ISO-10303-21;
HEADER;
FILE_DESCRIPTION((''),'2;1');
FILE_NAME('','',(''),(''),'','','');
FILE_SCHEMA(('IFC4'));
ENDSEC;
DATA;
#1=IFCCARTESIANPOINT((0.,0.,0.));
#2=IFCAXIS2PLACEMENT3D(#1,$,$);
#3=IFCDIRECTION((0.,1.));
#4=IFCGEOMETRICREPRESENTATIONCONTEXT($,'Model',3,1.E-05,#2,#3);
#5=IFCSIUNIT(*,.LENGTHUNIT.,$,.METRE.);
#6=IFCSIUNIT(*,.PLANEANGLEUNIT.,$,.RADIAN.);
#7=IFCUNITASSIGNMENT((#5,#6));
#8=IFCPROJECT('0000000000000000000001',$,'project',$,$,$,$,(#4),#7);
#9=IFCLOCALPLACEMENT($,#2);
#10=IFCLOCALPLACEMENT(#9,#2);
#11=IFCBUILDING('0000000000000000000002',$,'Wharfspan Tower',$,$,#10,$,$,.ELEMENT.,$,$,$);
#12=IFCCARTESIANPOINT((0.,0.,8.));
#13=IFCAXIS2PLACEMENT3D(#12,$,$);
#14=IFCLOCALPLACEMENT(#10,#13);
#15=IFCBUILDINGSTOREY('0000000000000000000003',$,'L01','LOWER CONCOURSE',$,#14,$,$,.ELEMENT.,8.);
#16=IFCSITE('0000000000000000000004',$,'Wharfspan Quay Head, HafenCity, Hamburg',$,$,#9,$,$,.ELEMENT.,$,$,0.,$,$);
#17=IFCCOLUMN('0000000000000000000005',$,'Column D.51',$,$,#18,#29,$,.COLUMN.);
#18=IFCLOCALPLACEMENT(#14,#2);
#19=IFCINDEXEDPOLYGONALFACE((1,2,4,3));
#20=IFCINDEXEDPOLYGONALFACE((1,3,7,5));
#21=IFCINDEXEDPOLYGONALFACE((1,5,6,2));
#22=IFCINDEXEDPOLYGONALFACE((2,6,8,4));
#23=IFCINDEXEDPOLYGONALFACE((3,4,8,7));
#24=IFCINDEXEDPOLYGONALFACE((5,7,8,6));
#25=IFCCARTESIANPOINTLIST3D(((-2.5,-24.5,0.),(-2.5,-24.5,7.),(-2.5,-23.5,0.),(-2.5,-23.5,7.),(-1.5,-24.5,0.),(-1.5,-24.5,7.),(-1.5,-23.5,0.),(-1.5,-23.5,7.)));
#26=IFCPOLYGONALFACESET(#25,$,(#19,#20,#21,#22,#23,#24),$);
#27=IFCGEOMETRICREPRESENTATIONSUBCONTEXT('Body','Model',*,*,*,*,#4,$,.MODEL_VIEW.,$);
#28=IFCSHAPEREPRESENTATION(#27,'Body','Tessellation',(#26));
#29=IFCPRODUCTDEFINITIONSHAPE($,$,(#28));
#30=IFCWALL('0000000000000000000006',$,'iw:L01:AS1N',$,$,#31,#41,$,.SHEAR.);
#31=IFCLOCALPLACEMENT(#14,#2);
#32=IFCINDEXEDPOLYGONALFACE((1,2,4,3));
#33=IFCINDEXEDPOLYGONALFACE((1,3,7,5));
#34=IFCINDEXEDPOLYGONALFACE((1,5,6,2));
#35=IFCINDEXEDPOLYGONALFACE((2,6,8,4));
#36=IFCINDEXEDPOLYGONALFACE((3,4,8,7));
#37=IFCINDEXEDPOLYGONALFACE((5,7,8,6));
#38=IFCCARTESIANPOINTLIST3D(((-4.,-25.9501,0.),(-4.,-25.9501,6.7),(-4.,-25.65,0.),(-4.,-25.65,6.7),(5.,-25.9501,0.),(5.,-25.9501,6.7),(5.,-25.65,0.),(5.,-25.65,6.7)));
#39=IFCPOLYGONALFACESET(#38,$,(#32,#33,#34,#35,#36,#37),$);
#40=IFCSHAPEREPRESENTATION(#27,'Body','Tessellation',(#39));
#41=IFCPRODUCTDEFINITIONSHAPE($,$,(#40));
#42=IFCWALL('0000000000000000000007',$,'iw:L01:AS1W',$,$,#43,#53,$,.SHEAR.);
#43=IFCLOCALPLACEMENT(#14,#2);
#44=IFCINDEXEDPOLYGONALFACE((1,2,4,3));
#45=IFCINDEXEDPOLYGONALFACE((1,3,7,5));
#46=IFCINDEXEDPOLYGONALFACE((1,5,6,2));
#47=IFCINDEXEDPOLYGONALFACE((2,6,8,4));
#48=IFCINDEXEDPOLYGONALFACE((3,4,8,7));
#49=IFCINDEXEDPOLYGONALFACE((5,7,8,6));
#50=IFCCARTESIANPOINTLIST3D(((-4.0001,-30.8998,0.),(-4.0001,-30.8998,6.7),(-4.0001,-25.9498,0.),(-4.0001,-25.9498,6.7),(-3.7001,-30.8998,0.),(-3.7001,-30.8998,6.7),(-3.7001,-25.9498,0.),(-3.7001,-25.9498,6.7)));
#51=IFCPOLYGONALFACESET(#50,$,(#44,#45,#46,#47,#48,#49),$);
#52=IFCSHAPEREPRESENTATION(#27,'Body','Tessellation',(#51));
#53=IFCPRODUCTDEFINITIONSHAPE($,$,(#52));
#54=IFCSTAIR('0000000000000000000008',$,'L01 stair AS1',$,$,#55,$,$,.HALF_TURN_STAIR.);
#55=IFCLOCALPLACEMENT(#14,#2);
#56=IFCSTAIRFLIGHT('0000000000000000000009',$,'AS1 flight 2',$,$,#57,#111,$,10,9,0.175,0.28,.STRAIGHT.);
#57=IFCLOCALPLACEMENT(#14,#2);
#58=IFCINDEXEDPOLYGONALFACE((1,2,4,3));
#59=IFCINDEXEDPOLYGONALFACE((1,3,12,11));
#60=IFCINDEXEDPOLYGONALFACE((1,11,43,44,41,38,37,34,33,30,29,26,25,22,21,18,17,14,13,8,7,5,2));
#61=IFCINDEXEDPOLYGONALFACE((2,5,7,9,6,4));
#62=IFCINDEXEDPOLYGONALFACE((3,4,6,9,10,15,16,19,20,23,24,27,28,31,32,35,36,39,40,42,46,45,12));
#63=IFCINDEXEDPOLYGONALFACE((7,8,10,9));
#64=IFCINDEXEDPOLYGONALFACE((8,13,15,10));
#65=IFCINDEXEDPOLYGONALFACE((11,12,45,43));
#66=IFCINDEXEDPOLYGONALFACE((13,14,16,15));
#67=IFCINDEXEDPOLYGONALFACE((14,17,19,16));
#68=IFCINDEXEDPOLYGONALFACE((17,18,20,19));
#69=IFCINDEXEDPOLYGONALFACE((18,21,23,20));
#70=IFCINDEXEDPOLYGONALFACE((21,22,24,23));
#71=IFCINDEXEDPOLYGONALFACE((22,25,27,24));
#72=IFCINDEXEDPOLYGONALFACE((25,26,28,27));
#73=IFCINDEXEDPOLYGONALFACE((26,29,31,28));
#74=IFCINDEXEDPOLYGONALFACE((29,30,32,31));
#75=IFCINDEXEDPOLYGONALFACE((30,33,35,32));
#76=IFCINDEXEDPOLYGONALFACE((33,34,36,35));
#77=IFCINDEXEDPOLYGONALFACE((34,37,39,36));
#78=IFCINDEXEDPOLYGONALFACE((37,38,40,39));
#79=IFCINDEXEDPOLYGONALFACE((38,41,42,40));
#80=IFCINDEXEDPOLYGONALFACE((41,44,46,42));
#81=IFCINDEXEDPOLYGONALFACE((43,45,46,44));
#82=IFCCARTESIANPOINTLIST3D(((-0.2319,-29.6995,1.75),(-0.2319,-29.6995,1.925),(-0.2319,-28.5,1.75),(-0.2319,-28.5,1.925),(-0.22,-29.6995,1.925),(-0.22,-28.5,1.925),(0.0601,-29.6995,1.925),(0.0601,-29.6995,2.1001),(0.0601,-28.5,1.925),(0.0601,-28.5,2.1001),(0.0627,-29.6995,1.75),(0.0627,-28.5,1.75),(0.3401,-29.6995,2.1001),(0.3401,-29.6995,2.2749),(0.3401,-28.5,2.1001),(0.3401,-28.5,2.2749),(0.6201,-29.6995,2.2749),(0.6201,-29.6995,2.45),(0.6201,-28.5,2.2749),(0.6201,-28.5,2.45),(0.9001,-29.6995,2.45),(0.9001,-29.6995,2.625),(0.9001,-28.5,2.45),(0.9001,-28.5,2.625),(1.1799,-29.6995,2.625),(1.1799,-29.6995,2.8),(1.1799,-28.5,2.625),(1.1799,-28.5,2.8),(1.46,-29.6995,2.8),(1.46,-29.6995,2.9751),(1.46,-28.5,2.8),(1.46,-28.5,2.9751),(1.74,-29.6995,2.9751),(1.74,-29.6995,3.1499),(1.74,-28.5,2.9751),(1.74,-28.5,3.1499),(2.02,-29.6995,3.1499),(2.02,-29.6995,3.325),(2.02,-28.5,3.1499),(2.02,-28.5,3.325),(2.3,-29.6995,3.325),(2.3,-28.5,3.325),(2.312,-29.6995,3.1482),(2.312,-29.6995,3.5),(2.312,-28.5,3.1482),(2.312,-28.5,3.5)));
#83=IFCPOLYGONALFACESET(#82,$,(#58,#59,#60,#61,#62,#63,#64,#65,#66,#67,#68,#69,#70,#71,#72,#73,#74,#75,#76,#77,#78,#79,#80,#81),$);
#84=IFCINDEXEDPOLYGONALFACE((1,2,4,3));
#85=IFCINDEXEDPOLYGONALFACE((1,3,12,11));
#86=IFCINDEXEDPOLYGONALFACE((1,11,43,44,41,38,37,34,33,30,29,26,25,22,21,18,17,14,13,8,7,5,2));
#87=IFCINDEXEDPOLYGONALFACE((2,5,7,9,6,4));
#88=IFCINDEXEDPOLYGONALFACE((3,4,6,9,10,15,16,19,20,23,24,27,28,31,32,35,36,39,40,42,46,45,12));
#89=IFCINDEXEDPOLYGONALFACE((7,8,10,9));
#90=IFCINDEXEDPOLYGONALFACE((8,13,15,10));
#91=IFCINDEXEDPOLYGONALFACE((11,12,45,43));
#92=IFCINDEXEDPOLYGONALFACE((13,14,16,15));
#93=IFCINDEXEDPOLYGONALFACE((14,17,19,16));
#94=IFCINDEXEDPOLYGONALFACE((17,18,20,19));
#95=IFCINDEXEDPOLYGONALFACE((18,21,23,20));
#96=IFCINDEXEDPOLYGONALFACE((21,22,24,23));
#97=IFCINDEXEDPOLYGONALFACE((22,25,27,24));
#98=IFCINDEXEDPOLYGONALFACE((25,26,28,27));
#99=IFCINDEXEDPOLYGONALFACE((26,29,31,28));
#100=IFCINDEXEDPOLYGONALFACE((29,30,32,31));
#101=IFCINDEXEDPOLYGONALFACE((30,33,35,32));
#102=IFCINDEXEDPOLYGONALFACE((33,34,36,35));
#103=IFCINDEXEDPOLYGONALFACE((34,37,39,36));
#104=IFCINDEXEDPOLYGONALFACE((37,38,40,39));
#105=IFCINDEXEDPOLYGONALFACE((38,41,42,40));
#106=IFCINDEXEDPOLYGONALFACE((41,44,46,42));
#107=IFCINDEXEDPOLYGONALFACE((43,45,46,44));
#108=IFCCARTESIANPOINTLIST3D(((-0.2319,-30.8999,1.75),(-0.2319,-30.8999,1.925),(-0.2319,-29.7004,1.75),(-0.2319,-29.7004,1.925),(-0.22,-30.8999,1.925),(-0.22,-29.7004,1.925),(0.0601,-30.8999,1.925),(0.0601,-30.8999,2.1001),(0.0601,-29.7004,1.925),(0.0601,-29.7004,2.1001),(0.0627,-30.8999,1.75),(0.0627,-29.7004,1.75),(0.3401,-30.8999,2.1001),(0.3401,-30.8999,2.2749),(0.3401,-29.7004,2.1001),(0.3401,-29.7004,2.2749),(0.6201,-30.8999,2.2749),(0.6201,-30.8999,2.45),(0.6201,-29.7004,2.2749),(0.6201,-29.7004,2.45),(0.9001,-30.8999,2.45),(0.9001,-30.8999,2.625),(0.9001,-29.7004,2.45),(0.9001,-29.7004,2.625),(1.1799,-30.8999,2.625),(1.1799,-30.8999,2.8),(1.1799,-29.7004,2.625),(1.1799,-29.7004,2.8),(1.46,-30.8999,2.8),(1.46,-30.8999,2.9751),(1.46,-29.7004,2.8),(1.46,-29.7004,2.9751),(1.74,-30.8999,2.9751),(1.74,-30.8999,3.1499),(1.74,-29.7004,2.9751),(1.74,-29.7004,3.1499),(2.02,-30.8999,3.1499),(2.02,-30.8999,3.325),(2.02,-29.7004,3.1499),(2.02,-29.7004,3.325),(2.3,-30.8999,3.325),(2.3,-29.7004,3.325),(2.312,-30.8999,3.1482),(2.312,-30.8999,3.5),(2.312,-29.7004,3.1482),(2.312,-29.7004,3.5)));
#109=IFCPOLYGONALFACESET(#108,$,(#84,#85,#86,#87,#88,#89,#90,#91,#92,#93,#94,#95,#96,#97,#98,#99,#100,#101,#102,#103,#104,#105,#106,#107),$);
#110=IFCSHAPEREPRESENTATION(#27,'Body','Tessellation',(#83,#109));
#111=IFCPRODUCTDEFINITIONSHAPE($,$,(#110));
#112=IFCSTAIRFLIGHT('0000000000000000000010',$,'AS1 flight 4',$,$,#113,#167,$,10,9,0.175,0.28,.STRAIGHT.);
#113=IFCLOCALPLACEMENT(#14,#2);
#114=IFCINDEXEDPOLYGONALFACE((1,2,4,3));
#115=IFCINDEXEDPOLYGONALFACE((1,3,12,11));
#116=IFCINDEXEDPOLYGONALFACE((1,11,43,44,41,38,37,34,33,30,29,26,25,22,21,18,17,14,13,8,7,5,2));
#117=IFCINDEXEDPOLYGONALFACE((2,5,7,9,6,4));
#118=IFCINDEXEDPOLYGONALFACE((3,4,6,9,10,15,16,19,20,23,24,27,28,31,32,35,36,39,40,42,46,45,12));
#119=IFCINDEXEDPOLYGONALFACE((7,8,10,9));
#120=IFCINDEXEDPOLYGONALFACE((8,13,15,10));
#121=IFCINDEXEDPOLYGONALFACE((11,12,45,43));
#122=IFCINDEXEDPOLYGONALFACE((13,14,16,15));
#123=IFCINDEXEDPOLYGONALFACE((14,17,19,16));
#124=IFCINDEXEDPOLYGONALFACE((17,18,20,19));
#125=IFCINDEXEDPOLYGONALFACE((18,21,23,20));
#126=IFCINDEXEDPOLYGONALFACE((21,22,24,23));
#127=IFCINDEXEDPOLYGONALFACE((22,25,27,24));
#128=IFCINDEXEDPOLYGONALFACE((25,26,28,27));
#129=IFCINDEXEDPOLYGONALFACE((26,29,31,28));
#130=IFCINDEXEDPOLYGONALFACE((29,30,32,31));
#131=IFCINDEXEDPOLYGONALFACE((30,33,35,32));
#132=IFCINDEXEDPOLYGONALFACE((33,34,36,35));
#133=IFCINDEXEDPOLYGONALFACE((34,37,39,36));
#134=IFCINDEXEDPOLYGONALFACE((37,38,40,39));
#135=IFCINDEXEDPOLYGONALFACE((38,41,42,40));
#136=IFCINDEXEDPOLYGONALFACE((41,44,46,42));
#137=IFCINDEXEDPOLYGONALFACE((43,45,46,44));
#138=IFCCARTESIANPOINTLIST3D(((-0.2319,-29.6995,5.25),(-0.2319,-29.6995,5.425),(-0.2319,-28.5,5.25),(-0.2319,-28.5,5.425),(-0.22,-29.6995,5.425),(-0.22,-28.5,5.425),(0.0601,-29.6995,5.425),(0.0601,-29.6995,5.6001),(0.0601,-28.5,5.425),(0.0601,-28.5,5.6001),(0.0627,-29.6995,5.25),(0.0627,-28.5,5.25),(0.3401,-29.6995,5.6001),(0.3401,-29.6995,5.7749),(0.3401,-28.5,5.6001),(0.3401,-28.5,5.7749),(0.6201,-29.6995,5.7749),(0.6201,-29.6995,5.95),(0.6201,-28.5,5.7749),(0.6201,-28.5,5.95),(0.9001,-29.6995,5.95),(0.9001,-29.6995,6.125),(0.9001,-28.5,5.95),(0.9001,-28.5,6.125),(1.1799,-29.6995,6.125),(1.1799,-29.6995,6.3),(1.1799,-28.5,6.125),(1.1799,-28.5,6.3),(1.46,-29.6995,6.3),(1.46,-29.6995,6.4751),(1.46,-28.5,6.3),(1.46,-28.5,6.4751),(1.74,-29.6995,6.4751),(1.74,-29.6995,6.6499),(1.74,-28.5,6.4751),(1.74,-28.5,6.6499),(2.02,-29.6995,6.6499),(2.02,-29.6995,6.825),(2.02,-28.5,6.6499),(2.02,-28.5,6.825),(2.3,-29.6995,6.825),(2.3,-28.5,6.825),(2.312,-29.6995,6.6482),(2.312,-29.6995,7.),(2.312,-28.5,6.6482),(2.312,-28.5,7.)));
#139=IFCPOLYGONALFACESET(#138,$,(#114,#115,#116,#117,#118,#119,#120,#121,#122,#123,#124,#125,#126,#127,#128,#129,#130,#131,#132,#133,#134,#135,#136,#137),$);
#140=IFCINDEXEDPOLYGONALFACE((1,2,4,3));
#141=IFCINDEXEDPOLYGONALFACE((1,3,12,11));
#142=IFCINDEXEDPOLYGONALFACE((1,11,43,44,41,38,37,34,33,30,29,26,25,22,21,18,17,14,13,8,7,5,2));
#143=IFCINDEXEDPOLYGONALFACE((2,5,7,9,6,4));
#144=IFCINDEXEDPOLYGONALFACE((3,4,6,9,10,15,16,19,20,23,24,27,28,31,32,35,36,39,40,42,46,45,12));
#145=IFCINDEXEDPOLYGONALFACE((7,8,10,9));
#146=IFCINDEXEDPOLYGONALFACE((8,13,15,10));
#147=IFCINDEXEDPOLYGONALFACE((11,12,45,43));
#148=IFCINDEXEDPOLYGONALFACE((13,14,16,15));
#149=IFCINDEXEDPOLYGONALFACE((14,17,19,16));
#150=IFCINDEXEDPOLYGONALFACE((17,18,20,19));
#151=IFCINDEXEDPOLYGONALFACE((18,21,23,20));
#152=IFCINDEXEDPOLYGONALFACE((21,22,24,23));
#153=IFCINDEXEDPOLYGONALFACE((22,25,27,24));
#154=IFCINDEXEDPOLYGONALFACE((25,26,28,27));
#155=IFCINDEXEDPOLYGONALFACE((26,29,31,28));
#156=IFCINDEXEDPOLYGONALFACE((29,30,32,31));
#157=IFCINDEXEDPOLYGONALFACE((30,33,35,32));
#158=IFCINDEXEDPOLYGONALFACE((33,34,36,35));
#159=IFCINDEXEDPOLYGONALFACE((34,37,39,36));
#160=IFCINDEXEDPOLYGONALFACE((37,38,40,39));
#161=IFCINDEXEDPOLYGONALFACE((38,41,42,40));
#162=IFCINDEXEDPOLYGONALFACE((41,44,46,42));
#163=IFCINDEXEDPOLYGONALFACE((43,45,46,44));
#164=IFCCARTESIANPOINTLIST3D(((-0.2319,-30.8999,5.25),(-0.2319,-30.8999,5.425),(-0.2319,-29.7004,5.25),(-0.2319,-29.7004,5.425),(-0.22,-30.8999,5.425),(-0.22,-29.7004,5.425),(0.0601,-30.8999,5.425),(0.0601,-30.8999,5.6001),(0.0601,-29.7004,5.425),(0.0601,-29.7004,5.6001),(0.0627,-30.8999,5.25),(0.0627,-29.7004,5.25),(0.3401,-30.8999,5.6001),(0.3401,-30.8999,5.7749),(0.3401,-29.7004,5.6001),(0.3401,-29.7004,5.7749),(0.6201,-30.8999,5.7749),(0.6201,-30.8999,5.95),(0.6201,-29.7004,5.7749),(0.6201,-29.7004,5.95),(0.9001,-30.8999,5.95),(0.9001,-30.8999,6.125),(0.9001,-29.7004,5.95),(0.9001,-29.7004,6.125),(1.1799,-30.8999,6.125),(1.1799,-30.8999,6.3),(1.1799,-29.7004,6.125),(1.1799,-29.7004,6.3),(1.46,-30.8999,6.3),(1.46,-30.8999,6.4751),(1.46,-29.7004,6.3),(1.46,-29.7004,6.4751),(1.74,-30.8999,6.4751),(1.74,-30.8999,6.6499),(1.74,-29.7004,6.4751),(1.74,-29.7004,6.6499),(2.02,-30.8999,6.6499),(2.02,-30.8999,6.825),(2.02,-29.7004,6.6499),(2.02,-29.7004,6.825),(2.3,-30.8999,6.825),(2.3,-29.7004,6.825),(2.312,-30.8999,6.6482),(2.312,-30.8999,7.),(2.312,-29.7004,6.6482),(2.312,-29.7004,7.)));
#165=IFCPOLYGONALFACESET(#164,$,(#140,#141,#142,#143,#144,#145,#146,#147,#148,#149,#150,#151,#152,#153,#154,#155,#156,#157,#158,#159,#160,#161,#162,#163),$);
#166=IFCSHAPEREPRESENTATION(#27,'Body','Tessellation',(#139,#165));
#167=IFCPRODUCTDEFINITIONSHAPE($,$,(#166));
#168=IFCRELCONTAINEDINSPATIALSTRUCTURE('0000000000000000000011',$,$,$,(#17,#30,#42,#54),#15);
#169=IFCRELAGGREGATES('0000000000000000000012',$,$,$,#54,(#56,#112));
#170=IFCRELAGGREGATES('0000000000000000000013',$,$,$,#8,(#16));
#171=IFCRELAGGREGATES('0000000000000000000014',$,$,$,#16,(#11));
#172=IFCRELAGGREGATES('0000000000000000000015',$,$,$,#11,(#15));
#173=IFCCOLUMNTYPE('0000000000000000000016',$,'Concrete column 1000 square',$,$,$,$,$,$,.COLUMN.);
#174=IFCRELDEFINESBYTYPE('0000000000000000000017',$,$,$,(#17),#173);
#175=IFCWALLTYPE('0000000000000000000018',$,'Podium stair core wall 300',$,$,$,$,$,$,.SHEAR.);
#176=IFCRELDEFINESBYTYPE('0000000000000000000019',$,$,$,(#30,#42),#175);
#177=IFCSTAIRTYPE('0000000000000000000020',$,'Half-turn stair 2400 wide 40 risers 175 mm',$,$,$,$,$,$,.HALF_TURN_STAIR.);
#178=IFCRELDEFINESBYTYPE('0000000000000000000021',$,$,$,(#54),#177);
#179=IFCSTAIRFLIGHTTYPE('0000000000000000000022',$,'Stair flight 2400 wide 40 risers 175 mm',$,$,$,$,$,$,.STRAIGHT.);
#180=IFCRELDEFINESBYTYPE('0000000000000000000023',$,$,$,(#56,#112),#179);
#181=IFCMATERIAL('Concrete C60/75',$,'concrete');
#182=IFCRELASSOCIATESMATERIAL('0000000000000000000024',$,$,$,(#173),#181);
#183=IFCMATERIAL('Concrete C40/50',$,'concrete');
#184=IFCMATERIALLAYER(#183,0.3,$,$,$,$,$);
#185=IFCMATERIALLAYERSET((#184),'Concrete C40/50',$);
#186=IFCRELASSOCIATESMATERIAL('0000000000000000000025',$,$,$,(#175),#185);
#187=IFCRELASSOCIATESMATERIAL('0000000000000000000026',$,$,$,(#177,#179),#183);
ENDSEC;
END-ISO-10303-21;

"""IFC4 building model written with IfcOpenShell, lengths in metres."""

from ifc_helpers import new_model, si_unit, direction, frame, frame_2d, origin, origin_2d, place, context, subcontext, project, spatial, polyline, rectangle, outline, extrude, material, layer, layer_set, material_profile, profile_set, type_object, element, aggregate, save


model = new_model("IFC4")

# Units and contexts
model_context = context("Model", 3, precision=1e-05, world=origin(), true_north=direction((0.0, 1.0)))
body_context = subcontext(model_context, "Body", "Model", "MODEL_VIEW")
ifc_project = project(units=[si_unit("LENGTHUNIT", "METRE"), si_unit("PLANEANGLEUNIT", "RADIAN")], contexts=[model_context])

# Site, building, storey
site_placement = place(None, origin())
site = spatial("IfcSite", under=ifc_project, at=site_placement, Name="Wharfspan Quay Head, HafenCity, Hamburg", CompositionType="ELEMENT", RefElevation=0.0)
building_placement = place(site_placement, origin())
building = spatial("IfcBuilding", under=site, at=building_placement, Name="Wharfspan Tower", CompositionType="ELEMENT")
storey_placement = place(building_placement, frame((0.0, 0.0, 8.0)))
storey = spatial("IfcBuildingStorey", under=building, at=storey_placement, Name="L01", Description="LOWER CONCOURSE", CompositionType="ELEMENT", Elevation=8.0)

# Column
ifc_material_1 = material(Name="Concrete C60/75", Category="concrete")
ifc_material_profile = material_profile(ifc_material_1, rectangle(XDim=1.0, YDim=1.0, at=origin_2d()))
ifc_profile_set = profile_set([ifc_material_profile], Name="Concrete C60/75")
column_type = type_object("IfcColumnType", Name="Concrete column 1000 square", PredefinedType="COLUMN", material=ifc_profile_set)
column_placement = place(storey_placement, frame((-2.0, -24.0, 0.0), z_axis=(0.0, 0.0, 1.0), x_axis=(1.0, 0.0, 0.0)))
element("IfcColumn", 1, at=column_placement, inside=storey, type_object=column_type, Name="Column D.51", PredefinedType="COLUMN", context=body_context, shape_type="SweptSolid", body=[
    extrude(rectangle(XDim=1.0, YDim=1.0, at=origin_2d()), origin(), (0.0, 0.0, 1.0), 7.0),
])

# Walls
ifc_material_2 = material(Name="Concrete C40/50", Category="concrete")
ifc_layer = layer(ifc_material_2, 0.3)
ifc_layer_set = layer_set([ifc_layer], Name="Concrete C40/50")
wall_type = type_object("IfcWallType", Name="Podium stair core wall 300", PredefinedType="SHEAR", material=ifc_layer_set)
wall_1_placement = place(storey_placement, frame((-4.0, -25.8, 0.0), z_axis=(0.0, 0.0, 1.0), x_axis=(1.0, 0.0, 0.0)))
element("IfcWall", 2, at=wall_1_placement, inside=storey, type_object=wall_type, Name="iw:L01:AS1N", PredefinedType="SHEAR", context=body_context, shape_type="SweptSolid", body=[
    extrude(rectangle(XDim=9.0, YDim=0.3, at=frame_2d((4.5, 0.0))), origin(), (0.0, 0.0, 1.0), 6.7),
])
wall_2_placement = place(storey_placement, frame((-3.8501, -30.8999, 0.0), z_axis=(0.0, 0.0, 1.0), x_axis=(0.0, 1.0, 0.0)))
element("IfcWall", 3, at=wall_2_placement, inside=storey, type_object=wall_type, Name="iw:L01:AS1W", PredefinedType="SHEAR", context=body_context, shape_type="SweptSolid", body=[
    extrude(rectangle(XDim=4.95, YDim=0.3, at=frame_2d((2.4751, 0.0))), origin(), (0.0, 0.0, 1.0), 6.7),
])

# Stair, stair flights
stair_type = type_object("IfcStairType", Name="Half-turn stair 2400 wide 40 risers 175 mm", PredefinedType="HALF_TURN_STAIR", material=ifc_material_2)
stair_placement = place(storey_placement, origin())
stair = element("IfcStair", 4, at=stair_placement, inside=storey, type_object=stair_type, Name="L01 stair AS1", PredefinedType="HALF_TURN_STAIR")
stair_flight_type = type_object("IfcStairFlightType", Name="Stair flight 2400 wide 40 risers 175 mm", PredefinedType="STRAIGHT", material=ifc_material_2)
stair_flight_1_placement = place(storey_placement, frame((-0.22, -29.7, 1.75), z_axis=(0.0, 0.0, 1.0), x_axis=(1.0, 0.0, 0.0)))
stair_flight_1 = element("IfcStairFlight", 5, at=stair_flight_1_placement, type_object=stair_flight_type, Name="AS1 flight 2", NumberOfRisers=10, NumberOfTreads=9, PredefinedType="STRAIGHT", RiserHeight=0.175, TreadLength=0.28, context=body_context, shape_type="SweptSolid", body=[
    extrude(outline(polyline([(-0.012, 0.0), (-0.012, 0.175), (0.0, 0.175), (0.28, 0.175), (0.28, 0.3501), (0.5601, 0.3501), (0.5601, 0.5249), (0.8401, 0.5249), (0.8401, 0.7), (1.1201, 0.7), (1.1201, 0.875), (1.3999, 0.875), (1.3999, 1.05), (1.6799, 1.05), (1.6799, 1.2251), (1.96, 1.2251), (1.96, 1.3999), (2.24, 1.3999), (2.24, 1.575), (2.52, 1.575), (2.532, 1.75), (2.532, 1.3982), (0.2827, 0.0), (-0.012, 0.0)])), frame((0.0, 1.2, 0.0), z_axis=(0.0, -1.0, 0.0), x_axis=(1.0, 0.0, 0.0)), (0.0, 0.0, 1.0), 1.1995),
    extrude(outline(polyline([(-0.012, 0.0), (-0.012, 0.175), (0.0, 0.175), (0.28, 0.175), (0.28, 0.3501), (0.5601, 0.3501), (0.5601, 0.5249), (0.8401, 0.5249), (0.8401, 0.7), (1.1201, 0.7), (1.1201, 0.875), (1.3999, 0.875), (1.3999, 1.05), (1.6799, 1.05), (1.6799, 1.2251), (1.96, 1.2251), (1.96, 1.3999), (2.24, 1.3999), (2.24, 1.575), (2.52, 1.575), (2.532, 1.75), (2.532, 1.3982), (0.2827, 0.0), (-0.012, 0.0)])), frame((0.0, -0.0005, 0.0), z_axis=(0.0, -1.0, 0.0), x_axis=(1.0, 0.0, 0.0)), (0.0, 0.0, 1.0), 1.1995),
])
stair_flight_2_placement = place(storey_placement, frame((-0.22, -29.7, 5.25), z_axis=(0.0, 0.0, 1.0), x_axis=(1.0, 0.0, 0.0)))
stair_flight_2 = element("IfcStairFlight", 6, at=stair_flight_2_placement, type_object=stair_flight_type, Name="AS1 flight 4", NumberOfRisers=10, NumberOfTreads=9, PredefinedType="STRAIGHT", RiserHeight=0.175, TreadLength=0.28, context=body_context, shape_type="SweptSolid", body=[
    extrude(outline(polyline([(-0.012, 0.0), (-0.012, 0.175), (0.0, 0.175), (0.28, 0.175), (0.28, 0.3501), (0.5601, 0.3501), (0.5601, 0.5249), (0.8401, 0.5249), (0.8401, 0.7), (1.1201, 0.7), (1.1201, 0.875), (1.3999, 0.875), (1.3999, 1.05), (1.6799, 1.05), (1.6799, 1.2251), (1.96, 1.2251), (1.96, 1.3999), (2.24, 1.3999), (2.24, 1.575), (2.52, 1.575), (2.532, 1.75), (2.532, 1.3982), (0.2827, 0.0), (-0.012, 0.0)])), frame((0.0, 1.2, 0.0), z_axis=(0.0, -1.0, 0.0), x_axis=(1.0, 0.0, 0.0)), (0.0, 0.0, 1.0), 1.1995),
    extrude(outline(polyline([(-0.012, 0.0), (-0.012, 0.175), (0.0, 0.175), (0.28, 0.175), (0.28, 0.3501), (0.5601, 0.3501), (0.5601, 0.5249), (0.8401, 0.5249), (0.8401, 0.7), (1.1201, 0.7), (1.1201, 0.875), (1.3999, 0.875), (1.3999, 1.05), (1.6799, 1.05), (1.6799, 1.2251), (1.96, 1.2251), (1.96, 1.3999), (2.24, 1.3999), (2.24, 1.575), (2.52, 1.575), (2.532, 1.75), (2.532, 1.3982), (0.2827, 0.0), (-0.012, 0.0)])), frame((0.0, -0.0005, 0.0), z_axis=(0.0, -1.0, 0.0), x_axis=(1.0, 0.0, 0.0)), (0.0, 0.0, 1.0), 1.1995),
])
aggregate(stair, [stair_flight_1, stair_flight_2])

save(model, "model.ifc")
